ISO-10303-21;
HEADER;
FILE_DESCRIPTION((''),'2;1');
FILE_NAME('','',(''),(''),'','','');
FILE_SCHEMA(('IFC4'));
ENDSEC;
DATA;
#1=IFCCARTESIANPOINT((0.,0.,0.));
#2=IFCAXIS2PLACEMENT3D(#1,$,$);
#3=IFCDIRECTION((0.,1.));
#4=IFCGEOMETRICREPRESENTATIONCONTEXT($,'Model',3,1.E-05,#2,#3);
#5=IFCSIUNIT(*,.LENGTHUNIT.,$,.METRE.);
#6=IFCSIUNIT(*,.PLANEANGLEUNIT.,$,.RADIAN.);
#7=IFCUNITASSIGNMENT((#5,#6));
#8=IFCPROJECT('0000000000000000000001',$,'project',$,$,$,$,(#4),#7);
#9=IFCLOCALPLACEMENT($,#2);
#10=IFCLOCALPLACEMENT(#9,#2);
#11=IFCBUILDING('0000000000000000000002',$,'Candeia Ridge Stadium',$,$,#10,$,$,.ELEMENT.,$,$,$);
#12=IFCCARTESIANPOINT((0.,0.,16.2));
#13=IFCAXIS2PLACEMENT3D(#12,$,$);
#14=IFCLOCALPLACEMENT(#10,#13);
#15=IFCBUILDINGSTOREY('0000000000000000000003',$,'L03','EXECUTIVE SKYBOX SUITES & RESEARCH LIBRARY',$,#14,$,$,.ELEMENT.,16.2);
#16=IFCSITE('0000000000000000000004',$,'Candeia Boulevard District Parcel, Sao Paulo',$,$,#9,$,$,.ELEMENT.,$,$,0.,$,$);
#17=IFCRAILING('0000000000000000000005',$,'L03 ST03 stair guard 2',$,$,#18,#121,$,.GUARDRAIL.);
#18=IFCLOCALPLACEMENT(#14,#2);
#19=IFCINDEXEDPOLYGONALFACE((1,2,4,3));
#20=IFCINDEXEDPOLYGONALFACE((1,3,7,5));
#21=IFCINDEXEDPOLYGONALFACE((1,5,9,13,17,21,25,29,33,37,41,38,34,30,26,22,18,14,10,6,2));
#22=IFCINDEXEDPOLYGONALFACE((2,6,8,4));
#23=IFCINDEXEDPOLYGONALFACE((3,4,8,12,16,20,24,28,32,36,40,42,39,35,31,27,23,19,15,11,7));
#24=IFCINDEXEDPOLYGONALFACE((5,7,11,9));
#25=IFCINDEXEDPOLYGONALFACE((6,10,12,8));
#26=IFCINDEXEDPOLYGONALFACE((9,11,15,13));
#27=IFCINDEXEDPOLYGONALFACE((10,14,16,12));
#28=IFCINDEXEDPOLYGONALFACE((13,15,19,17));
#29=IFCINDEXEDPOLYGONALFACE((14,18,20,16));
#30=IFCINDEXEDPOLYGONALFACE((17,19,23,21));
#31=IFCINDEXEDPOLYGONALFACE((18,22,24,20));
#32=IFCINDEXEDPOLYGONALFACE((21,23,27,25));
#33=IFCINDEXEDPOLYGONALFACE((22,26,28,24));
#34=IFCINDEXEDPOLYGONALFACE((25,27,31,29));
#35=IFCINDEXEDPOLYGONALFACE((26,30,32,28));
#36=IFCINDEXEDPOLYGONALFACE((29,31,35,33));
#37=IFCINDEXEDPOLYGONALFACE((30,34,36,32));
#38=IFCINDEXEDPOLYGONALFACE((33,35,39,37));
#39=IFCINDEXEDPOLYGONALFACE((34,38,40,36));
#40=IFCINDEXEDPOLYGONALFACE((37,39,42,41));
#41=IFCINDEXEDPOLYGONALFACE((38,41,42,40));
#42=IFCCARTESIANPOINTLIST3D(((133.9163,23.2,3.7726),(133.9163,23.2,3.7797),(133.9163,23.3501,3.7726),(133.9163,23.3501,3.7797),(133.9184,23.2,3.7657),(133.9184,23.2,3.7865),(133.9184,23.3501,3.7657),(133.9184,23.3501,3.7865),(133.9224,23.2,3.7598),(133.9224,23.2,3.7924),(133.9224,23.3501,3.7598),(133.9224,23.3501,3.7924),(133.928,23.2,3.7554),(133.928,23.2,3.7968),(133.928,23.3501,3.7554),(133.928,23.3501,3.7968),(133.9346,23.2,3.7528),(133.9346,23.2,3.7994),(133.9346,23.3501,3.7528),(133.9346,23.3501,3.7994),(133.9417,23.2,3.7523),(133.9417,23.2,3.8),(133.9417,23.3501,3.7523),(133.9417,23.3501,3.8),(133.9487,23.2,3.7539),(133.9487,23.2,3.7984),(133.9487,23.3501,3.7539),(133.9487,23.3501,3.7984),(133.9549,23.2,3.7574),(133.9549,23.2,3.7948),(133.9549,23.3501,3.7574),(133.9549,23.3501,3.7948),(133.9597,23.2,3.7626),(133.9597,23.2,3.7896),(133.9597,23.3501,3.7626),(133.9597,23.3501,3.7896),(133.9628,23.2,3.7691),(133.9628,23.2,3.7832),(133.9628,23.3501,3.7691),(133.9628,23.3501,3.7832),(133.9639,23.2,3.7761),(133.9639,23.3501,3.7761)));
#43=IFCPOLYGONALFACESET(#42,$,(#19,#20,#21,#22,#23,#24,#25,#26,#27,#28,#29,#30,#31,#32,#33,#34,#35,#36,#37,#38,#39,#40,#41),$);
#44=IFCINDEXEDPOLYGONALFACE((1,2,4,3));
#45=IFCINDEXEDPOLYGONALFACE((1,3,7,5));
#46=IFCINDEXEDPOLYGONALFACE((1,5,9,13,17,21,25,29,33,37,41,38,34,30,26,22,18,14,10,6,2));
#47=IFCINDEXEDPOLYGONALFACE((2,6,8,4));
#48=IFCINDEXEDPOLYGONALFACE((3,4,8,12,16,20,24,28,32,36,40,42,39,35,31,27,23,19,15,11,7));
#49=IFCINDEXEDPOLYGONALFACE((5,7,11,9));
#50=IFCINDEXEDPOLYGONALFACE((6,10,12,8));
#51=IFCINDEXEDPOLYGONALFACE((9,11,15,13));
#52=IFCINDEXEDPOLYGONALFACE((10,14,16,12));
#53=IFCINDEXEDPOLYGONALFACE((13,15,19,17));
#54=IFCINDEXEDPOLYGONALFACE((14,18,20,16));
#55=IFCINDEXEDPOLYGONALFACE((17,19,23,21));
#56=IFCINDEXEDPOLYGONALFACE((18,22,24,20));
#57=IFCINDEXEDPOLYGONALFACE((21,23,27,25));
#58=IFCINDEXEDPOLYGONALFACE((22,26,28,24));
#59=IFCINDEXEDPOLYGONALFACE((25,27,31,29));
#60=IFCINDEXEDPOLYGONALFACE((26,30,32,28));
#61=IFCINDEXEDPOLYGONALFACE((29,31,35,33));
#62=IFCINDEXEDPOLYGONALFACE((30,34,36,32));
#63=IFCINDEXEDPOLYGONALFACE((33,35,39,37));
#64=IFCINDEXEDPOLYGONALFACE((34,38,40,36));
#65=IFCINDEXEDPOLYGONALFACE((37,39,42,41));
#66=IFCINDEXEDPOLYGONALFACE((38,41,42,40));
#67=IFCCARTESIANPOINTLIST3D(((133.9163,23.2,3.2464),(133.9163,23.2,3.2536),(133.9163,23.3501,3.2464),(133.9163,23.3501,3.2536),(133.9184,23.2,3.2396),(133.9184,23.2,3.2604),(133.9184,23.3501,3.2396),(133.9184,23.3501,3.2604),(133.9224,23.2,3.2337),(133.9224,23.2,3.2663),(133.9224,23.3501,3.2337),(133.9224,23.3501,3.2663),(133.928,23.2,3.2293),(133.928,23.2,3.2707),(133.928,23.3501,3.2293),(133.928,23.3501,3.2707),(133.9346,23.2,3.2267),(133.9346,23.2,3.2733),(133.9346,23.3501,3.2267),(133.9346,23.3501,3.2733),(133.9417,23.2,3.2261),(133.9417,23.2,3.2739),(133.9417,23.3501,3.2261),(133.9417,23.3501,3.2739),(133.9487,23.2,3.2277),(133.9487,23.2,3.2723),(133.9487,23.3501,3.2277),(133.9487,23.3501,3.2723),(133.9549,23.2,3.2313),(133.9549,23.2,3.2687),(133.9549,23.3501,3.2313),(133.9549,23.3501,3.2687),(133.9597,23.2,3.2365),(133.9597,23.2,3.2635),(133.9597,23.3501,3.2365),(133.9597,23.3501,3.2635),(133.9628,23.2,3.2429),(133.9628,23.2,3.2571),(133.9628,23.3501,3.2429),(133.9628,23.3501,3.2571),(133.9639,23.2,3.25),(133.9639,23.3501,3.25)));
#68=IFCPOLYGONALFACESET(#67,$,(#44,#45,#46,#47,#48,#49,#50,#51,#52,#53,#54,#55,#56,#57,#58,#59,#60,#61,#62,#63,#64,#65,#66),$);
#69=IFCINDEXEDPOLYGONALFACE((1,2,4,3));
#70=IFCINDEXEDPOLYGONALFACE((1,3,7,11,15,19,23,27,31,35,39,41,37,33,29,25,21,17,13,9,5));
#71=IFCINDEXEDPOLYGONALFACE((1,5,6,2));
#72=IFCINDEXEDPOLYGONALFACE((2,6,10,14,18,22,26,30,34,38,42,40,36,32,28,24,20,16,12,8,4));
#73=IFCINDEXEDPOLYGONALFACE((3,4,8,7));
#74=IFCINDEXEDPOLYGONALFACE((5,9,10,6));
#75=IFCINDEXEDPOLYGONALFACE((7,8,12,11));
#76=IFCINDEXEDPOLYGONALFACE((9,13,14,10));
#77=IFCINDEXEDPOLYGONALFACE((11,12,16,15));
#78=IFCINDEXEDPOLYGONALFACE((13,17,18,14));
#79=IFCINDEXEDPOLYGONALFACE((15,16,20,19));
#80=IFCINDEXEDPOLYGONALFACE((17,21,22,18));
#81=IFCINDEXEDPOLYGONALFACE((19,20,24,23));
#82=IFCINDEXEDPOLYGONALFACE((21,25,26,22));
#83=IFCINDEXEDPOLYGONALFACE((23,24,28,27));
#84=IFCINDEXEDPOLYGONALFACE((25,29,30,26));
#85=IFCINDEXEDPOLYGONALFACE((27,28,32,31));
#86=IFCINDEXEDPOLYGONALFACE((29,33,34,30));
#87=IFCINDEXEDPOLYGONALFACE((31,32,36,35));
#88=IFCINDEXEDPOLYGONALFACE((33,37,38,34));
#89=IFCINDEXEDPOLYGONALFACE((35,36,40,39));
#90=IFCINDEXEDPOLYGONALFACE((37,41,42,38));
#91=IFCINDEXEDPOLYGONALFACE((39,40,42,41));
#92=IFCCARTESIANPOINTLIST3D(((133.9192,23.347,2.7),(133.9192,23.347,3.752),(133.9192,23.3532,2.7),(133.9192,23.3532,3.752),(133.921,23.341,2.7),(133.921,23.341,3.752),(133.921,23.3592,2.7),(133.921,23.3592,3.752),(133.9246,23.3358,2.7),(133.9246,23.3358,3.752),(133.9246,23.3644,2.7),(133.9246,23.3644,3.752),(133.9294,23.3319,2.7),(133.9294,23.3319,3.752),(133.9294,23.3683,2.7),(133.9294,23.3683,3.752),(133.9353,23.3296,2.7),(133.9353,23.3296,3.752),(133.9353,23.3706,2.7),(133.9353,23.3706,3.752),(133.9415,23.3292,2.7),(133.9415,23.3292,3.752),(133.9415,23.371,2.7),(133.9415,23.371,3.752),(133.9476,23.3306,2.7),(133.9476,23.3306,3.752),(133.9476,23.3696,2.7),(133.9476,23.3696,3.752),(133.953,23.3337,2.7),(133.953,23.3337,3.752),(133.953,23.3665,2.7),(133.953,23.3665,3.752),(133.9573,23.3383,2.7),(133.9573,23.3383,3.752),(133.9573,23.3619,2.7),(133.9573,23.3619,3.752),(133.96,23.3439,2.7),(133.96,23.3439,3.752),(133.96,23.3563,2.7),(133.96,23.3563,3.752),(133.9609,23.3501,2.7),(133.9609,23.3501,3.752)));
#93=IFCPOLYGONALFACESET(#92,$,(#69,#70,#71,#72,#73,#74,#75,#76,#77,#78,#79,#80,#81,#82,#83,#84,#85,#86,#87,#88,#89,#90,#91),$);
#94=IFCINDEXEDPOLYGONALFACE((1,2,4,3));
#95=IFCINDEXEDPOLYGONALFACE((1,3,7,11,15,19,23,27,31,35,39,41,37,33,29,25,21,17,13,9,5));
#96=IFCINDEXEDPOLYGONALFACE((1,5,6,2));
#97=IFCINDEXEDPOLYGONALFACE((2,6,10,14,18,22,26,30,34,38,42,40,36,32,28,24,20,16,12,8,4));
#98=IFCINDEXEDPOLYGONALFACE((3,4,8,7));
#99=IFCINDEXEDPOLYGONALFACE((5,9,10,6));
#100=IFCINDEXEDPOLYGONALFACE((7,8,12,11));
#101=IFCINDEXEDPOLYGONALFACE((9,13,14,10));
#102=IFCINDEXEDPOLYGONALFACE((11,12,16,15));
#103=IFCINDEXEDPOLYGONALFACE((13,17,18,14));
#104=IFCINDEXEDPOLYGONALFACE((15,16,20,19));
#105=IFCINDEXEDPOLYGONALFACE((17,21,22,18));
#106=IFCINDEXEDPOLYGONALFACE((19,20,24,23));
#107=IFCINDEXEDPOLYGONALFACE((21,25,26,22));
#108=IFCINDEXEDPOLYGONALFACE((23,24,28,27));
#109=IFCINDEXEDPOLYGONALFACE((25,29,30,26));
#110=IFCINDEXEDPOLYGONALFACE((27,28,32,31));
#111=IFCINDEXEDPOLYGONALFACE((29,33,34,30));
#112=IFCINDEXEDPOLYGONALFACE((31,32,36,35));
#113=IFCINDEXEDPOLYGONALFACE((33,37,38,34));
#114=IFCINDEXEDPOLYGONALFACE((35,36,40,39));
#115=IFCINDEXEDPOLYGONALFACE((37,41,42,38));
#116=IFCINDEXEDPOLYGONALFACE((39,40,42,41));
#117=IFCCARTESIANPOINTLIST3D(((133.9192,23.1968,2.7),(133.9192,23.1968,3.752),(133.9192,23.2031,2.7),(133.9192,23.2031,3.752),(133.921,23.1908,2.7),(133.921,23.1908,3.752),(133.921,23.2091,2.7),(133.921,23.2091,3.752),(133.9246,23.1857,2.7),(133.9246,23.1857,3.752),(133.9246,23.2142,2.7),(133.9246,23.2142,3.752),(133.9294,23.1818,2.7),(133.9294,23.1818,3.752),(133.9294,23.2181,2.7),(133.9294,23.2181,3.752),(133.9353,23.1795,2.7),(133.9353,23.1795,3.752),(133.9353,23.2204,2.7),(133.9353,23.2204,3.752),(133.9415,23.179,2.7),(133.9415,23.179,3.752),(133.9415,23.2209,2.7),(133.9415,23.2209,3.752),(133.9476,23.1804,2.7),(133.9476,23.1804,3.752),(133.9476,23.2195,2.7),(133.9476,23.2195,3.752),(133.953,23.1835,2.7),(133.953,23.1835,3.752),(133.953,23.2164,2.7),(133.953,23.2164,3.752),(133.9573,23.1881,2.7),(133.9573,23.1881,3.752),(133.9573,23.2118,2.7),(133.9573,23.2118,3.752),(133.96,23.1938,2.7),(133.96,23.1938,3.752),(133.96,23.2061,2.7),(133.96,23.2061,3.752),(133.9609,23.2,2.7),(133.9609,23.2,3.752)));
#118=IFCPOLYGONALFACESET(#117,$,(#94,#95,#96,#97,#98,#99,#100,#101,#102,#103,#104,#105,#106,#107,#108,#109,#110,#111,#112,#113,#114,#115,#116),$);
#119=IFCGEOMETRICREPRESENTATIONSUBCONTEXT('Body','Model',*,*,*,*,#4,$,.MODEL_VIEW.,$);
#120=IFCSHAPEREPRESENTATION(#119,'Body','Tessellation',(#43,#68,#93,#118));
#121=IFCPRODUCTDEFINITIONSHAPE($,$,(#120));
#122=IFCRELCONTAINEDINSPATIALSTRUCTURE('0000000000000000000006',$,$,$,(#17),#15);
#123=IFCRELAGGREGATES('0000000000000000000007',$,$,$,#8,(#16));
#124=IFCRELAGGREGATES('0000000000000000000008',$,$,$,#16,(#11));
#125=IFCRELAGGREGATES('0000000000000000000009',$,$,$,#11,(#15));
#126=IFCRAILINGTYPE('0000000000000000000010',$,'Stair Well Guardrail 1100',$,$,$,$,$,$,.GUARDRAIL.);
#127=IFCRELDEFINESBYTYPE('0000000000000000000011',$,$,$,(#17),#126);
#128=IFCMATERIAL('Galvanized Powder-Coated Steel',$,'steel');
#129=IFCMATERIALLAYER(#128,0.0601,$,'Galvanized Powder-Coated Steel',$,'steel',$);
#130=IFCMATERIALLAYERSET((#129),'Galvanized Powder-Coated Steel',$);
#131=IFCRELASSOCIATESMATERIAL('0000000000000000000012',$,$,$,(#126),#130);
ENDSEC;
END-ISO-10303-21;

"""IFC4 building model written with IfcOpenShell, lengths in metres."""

from ifc_helpers import new_model, si_unit, direction, frame, origin, origin_2d, place, context, subcontext, project, spatial, circle, extrude, material, layer, layer_set, type_object, element, save


model = new_model("IFC4")

# Units and contexts
model_context = context("Model", 3, precision=1e-05, world=origin(), true_north=direction((0.0, 1.0)))
body_context = subcontext(model_context, "Body", "Model", "MODEL_VIEW")
ifc_project = project(units=[si_unit("LENGTHUNIT", "METRE"), si_unit("PLANEANGLEUNIT", "RADIAN")], contexts=[model_context])

# Site, building, storey
site_placement = place(None, origin())
site = spatial("IfcSite", under=ifc_project, at=site_placement, Name="Candeia Boulevard District Parcel, Sao Paulo", CompositionType="ELEMENT", RefElevation=0.0)
building_placement = place(site_placement, origin())
building = spatial("IfcBuilding", under=site, at=building_placement, Name="Candeia Ridge Stadium", CompositionType="ELEMENT")
storey_placement = place(building_placement, frame((0.0, 0.0, 16.2)))
storey = spatial("IfcBuildingStorey", under=building, at=storey_placement, Name="L03", Description="EXECUTIVE SKYBOX SUITES & RESEARCH LIBRARY", CompositionType="ELEMENT", Elevation=16.2)

# Railing
ifc_material_1 = material(Name="Galvanized Powder-Coated Steel", Category="steel")
ifc_layer_1 = layer(ifc_material_1, 0.0601, Name="Galvanized Powder-Coated Steel", Category="steel")
ifc_layer_set_1 = layer_set([ifc_layer_1], Name="Galvanized Powder-Coated Steel")
railing_type_1 = type_object("IfcRailingType", Name="Stair Well Guardrail 1100", PredefinedType="GUARDRAIL", material=ifc_layer_set_1)
railing_1_placement = place(storey_placement, frame((133.9399, 23.3501, 2.7)))
element("IfcRailing", 1, at=railing_1_placement, inside=storey, type_object=railing_type_1, Name="L03 ST03 stair guard 2", PredefinedType="GUARDRAIL", context=body_context, shape_type="SweptSolid", body=[
    extrude(circle(Radius=0.0239, at=origin_2d()), frame((0.0, 0.0, 1.0762), z_axis=(0.0, -1.0, 0.0), x_axis=(1.0, 0.0, 0.0)), (0.0, 0.0, 1.0), 0.1501),
    extrude(circle(Radius=0.0239, at=origin_2d()), frame((0.0, 0.0, 0.55), z_axis=(0.0, -1.0, 0.0), x_axis=(1.0, 0.0, 0.0)), (0.0, 0.0, 1.0), 0.1501),
    extrude(circle(Radius=0.021, at=origin_2d()), origin(), (0.0, 0.0, 1.0), 1.052),
    extrude(circle(Radius=0.021, at=origin_2d()), frame((0.0, -0.1501, 0.0)), (0.0, 0.0, 1.0), 1.052),
])

save(model, "model.ifc")
